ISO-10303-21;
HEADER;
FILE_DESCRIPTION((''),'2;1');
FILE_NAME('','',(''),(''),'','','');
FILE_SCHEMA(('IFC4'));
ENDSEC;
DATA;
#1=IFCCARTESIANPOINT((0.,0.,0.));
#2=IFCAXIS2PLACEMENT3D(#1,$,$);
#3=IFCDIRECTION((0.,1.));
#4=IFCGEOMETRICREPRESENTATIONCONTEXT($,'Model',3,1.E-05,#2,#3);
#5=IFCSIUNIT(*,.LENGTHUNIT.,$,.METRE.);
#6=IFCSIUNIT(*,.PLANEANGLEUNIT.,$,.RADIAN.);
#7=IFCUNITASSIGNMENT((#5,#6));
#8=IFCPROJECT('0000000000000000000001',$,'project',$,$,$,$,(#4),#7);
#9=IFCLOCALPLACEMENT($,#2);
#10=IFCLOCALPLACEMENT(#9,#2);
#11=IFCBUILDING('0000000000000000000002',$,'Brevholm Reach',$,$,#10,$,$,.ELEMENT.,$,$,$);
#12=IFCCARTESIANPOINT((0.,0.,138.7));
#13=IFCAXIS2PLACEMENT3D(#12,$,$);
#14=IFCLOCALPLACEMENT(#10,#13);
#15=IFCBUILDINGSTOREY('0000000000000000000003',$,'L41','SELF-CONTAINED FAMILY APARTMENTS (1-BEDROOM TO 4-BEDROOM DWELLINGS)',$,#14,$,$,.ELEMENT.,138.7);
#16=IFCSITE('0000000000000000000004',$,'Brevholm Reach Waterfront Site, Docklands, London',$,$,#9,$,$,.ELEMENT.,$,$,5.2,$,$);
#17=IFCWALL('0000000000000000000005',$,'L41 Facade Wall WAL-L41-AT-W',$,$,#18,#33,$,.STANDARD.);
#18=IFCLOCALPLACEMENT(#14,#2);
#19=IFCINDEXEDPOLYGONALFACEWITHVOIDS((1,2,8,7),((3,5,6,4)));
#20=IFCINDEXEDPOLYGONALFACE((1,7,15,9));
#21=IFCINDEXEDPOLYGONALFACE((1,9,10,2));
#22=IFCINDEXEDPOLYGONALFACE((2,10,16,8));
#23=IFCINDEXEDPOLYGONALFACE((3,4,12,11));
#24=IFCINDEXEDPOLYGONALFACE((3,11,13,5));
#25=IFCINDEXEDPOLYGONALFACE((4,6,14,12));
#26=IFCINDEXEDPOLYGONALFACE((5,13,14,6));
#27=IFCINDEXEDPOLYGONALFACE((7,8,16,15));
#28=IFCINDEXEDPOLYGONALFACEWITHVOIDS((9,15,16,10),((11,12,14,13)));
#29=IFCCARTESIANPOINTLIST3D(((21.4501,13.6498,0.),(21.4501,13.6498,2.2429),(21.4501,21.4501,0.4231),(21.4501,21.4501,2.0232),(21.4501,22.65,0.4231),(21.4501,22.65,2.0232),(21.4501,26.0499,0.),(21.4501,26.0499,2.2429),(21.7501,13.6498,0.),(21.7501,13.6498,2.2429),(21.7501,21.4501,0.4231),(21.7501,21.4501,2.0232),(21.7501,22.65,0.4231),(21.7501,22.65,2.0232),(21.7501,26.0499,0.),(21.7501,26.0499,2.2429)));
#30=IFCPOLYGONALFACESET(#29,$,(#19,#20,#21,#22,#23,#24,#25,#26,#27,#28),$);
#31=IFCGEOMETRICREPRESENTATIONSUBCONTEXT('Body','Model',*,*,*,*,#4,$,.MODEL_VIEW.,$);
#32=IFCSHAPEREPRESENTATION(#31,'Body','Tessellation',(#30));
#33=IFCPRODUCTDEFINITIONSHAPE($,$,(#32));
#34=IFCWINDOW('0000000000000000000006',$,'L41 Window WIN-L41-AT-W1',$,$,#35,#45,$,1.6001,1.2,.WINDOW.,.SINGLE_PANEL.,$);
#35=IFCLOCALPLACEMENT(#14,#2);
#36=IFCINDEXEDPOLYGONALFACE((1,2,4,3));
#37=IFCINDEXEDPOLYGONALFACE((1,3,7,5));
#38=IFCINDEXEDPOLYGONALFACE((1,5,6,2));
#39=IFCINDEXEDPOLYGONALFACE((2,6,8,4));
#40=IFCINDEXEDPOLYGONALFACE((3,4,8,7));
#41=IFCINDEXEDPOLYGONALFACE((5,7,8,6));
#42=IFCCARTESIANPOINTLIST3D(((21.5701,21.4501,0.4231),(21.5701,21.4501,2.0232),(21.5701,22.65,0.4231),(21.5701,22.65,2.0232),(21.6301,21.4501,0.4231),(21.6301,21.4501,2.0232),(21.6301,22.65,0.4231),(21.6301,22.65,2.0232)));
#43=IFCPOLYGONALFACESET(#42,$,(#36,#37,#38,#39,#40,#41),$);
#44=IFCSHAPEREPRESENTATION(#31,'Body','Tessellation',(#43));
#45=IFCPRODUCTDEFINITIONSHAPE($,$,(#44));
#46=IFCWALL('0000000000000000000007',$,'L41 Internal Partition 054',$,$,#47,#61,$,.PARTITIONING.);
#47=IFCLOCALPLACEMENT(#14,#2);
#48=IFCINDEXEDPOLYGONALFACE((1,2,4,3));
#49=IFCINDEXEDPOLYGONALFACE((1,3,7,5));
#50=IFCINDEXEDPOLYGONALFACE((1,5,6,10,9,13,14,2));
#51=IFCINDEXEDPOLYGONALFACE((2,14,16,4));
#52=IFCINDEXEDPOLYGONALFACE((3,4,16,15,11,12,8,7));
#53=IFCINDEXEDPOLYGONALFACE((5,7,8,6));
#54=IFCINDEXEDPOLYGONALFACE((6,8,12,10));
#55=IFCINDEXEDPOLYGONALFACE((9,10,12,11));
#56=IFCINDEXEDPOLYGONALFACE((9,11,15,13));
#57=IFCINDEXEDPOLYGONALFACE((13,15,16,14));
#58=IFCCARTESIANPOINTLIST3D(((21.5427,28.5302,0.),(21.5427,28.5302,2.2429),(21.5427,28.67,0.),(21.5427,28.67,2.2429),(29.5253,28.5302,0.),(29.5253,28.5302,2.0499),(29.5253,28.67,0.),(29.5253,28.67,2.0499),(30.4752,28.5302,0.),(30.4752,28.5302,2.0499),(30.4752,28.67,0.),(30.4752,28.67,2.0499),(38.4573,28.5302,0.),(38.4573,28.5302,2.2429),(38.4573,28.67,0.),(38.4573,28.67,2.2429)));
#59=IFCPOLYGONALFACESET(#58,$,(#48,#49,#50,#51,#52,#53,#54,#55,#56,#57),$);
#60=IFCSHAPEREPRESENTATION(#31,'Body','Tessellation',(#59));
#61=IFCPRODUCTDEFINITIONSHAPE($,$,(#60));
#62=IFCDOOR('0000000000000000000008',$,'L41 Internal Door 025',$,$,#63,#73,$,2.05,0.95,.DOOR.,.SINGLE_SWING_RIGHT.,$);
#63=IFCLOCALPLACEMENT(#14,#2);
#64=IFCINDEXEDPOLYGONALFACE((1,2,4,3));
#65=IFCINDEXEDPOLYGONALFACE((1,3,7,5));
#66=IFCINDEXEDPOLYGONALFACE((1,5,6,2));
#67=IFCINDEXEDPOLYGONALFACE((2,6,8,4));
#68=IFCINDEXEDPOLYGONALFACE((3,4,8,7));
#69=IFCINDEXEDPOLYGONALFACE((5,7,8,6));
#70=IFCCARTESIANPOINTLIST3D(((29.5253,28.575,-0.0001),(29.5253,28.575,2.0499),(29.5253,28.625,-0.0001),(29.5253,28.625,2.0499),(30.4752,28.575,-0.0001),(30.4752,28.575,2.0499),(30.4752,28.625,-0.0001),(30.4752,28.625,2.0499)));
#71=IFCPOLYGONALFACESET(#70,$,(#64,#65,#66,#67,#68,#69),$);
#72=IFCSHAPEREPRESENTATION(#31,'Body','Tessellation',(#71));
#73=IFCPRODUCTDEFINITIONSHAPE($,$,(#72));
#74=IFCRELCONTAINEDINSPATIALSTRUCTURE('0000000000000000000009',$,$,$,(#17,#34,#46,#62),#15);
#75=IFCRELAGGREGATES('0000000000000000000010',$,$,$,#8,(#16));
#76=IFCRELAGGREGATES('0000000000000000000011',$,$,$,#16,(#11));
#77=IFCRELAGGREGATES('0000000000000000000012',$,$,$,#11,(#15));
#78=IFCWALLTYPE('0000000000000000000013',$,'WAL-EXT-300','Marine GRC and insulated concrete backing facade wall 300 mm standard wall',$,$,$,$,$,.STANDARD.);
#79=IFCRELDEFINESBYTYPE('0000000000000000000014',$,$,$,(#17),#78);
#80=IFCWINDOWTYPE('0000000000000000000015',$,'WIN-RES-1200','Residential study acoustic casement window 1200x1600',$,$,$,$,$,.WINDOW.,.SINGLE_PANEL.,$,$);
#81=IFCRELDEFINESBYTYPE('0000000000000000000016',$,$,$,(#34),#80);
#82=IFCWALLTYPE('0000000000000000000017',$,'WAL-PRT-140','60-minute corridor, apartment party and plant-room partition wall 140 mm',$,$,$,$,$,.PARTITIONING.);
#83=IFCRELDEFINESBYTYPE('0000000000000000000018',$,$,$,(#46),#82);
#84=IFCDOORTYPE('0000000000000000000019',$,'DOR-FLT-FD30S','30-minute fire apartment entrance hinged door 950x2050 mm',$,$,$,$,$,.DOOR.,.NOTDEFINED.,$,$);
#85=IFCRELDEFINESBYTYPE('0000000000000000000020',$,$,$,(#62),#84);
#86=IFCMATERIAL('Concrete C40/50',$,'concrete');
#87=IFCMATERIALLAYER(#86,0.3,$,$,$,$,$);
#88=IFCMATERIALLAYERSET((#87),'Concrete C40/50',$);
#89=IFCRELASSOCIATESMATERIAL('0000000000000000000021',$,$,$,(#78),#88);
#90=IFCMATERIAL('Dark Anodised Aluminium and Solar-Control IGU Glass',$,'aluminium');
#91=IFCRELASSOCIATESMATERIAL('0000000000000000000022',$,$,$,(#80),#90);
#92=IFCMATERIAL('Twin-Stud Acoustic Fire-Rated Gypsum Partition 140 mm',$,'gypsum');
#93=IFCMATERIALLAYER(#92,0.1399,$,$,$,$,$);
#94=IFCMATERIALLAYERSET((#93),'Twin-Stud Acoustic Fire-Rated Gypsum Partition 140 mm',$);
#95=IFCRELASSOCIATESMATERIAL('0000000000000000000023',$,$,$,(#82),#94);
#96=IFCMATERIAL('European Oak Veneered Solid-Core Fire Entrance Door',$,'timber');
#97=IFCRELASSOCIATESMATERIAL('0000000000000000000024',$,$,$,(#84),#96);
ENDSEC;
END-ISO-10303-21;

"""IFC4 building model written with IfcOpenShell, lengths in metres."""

from ifc_helpers import new_model, si_unit, direction, frame, frame_2d, origin, place, context, subcontext, project, spatial, rectangle, extrude, material, layer, layer_set, type_object, element, fill, save


model = new_model("IFC4")

# Units and contexts
model_context = context("Model", 3, precision=1e-05, world=origin(), true_north=direction((0.0, 1.0)))
body_context = subcontext(model_context, "Body", "Model", "MODEL_VIEW")
ifc_project = project(units=[si_unit("LENGTHUNIT", "METRE"), si_unit("PLANEANGLEUNIT", "RADIAN")], contexts=[model_context])

# Site, building, storey
site_placement = place(None, origin())
site = spatial("IfcSite", under=ifc_project, at=site_placement, Name="Brevholm Reach Waterfront Site, Docklands, London", CompositionType="ELEMENT", RefElevation=5.2)
building_placement = place(site_placement, origin())
building = spatial("IfcBuilding", under=site, at=building_placement, Name="Brevholm Reach", CompositionType="ELEMENT")
storey_placement = place(building_placement, frame((0.0, 0.0, 138.7)))
storey = spatial("IfcBuildingStorey", under=building, at=storey_placement, Name="L41", Description="SELF-CONTAINED FAMILY APARTMENTS (1-BEDROOM TO 4-BEDROOM DWELLINGS)", CompositionType="ELEMENT", Elevation=138.7)

# Wall, opening, window
ifc_material_1 = material(Name="Concrete C40/50", Category="concrete")
ifc_layer_1 = layer(ifc_material_1, 0.3)
ifc_layer_set_1 = layer_set([ifc_layer_1], Name="Concrete C40/50")
wall_type_1 = type_object("IfcWallType", Name="WAL-EXT-300", Description="Marine GRC and insulated concrete backing facade wall 300 mm standard wall", PredefinedType="STANDARD", material=ifc_layer_set_1)
wall_1_placement = place(storey_placement, frame((21.6001, 26.05, 0.0), z_axis=(0.0, 0.0, 1.0), x_axis=(0.0, -1.0, 0.0)))
wall_1 = element("IfcWall", 1, at=wall_1_placement, inside=storey, type_object=wall_type_1, Name="L41 Facade Wall WAL-L41-AT-W", PredefinedType="STANDARD", context=body_context, shape_type="SweptSolid", body=[
    extrude(rectangle(XDim=12.4001, YDim=0.3, at=frame_2d((6.2002, 0.0))), origin(), (0.0, 0.0, 1.0), 2.2429),
])
opening_1_placement = place(wall_1_placement, frame((3.3999, 0.0, 0.4231)))
opening_1 = element("IfcOpeningElement", 2, at=opening_1_placement, cuts=wall_1, PredefinedType="OPENING", context=body_context, shape_type="SweptSolid", body=[
    extrude(rectangle(XDim=1.2, YDim=1.6001, at=frame_2d((0.6001, 0.8))), frame((0.0, 0.1599, 0.0), z_axis=(0.0, -1.0, 0.0), x_axis=(1.0, 0.0, 0.0)), (0.0, 0.0, 1.0), 0.3201),
])
ifc_material_2 = material(Name="Dark Anodised Aluminium and Solar-Control IGU Glass", Category="aluminium")
window_type = type_object("IfcWindowType", Name="WIN-RES-1200", Description="Residential study acoustic casement window 1200x1600", PartitioningType="SINGLE_PANEL", PredefinedType="WINDOW", material=ifc_material_2)
window_placement = place(opening_1_placement, origin())
window = element("IfcWindow", 3, at=window_placement, inside=storey, type_object=window_type, Name="L41 Window WIN-L41-AT-W1", OverallHeight=1.6001, OverallWidth=1.2, PartitioningType="SINGLE_PANEL", PredefinedType="WINDOW", context=body_context, shape_type="SweptSolid", body=[
    extrude(rectangle(XDim=1.2, YDim=1.6001, at=frame_2d((0.6001, 0.8))), frame((0.0, 0.03, 0.0), z_axis=(0.0, -1.0, 0.0), x_axis=(1.0, 0.0, 0.0)), (0.0, 0.0, 1.0), 0.0601),
])
fill(opening_1, window)

# Wall, opening, door
ifc_material_3 = material(Name="Twin-Stud Acoustic Fire-Rated Gypsum Partition 140 mm", Category="gypsum")
ifc_layer_2 = layer(ifc_material_3, 0.1399)
ifc_layer_set_2 = layer_set([ifc_layer_2], Name="Twin-Stud Acoustic Fire-Rated Gypsum Partition 140 mm")
wall_type_2 = type_object("IfcWallType", Name="WAL-PRT-140", Description="60-minute corridor, apartment party and plant-room partition wall 140 mm", PredefinedType="PARTITIONING", material=ifc_layer_set_2)
wall_2_placement = place(storey_placement, frame((21.5427, 28.6001, 0.0), z_axis=(0.0, 0.0, 1.0), x_axis=(1.0, 0.0, 0.0)))
wall_2 = element("IfcWall", 4, at=wall_2_placement, inside=storey, type_object=wall_type_2, Name="L41 Internal Partition 054", PredefinedType="PARTITIONING", context=body_context, shape_type="SweptSolid", body=[
    extrude(rectangle(XDim=16.9146, YDim=0.1399, at=frame_2d((8.4573, 0.0))), origin(), (0.0, 0.0, 1.0), 2.2429),
])
opening_2_placement = place(wall_2_placement, frame((7.9824, 0.0, 0.0)))
opening_2 = element("IfcOpeningElement", 5, at=opening_2_placement, cuts=wall_2, PredefinedType="OPENING", context=body_context, shape_type="SweptSolid", body=[
    extrude(rectangle(XDim=0.95, YDim=2.05, at=frame_2d((0.4751, 1.0249))), frame((0.0, 0.0798, 0.0), z_axis=(0.0, -1.0, 0.0), x_axis=(1.0, 0.0, 0.0)), (0.0, 0.0, 1.0), 0.1599),
])
ifc_material_4 = material(Name="European Oak Veneered Solid-Core Fire Entrance Door", Category="timber")
door_type = type_object("IfcDoorType", Name="DOR-FLT-FD30S", Description="30-minute fire apartment entrance hinged door 950x2050 mm", OperationType="NOTDEFINED", PredefinedType="DOOR", material=ifc_material_4)
door_placement = place(opening_2_placement, origin())
door = element("IfcDoor", 6, at=door_placement, inside=storey, type_object=door_type, Name="L41 Internal Door 025", OperationType="SINGLE_SWING_RIGHT", OverallHeight=2.05, OverallWidth=0.95, PredefinedType="DOOR", context=body_context, shape_type="SweptSolid", body=[
    extrude(rectangle(XDim=0.95, YDim=2.05, at=frame_2d((0.4751, 1.0249))), frame((0.0, 0.0249, 0.0), z_axis=(0.0, -1.0, 0.0), x_axis=(1.0, 0.0, 0.0)), (0.0, 0.0, 1.0), 0.05),
])
fill(opening_2, door)

save(model, "model.ifc")
